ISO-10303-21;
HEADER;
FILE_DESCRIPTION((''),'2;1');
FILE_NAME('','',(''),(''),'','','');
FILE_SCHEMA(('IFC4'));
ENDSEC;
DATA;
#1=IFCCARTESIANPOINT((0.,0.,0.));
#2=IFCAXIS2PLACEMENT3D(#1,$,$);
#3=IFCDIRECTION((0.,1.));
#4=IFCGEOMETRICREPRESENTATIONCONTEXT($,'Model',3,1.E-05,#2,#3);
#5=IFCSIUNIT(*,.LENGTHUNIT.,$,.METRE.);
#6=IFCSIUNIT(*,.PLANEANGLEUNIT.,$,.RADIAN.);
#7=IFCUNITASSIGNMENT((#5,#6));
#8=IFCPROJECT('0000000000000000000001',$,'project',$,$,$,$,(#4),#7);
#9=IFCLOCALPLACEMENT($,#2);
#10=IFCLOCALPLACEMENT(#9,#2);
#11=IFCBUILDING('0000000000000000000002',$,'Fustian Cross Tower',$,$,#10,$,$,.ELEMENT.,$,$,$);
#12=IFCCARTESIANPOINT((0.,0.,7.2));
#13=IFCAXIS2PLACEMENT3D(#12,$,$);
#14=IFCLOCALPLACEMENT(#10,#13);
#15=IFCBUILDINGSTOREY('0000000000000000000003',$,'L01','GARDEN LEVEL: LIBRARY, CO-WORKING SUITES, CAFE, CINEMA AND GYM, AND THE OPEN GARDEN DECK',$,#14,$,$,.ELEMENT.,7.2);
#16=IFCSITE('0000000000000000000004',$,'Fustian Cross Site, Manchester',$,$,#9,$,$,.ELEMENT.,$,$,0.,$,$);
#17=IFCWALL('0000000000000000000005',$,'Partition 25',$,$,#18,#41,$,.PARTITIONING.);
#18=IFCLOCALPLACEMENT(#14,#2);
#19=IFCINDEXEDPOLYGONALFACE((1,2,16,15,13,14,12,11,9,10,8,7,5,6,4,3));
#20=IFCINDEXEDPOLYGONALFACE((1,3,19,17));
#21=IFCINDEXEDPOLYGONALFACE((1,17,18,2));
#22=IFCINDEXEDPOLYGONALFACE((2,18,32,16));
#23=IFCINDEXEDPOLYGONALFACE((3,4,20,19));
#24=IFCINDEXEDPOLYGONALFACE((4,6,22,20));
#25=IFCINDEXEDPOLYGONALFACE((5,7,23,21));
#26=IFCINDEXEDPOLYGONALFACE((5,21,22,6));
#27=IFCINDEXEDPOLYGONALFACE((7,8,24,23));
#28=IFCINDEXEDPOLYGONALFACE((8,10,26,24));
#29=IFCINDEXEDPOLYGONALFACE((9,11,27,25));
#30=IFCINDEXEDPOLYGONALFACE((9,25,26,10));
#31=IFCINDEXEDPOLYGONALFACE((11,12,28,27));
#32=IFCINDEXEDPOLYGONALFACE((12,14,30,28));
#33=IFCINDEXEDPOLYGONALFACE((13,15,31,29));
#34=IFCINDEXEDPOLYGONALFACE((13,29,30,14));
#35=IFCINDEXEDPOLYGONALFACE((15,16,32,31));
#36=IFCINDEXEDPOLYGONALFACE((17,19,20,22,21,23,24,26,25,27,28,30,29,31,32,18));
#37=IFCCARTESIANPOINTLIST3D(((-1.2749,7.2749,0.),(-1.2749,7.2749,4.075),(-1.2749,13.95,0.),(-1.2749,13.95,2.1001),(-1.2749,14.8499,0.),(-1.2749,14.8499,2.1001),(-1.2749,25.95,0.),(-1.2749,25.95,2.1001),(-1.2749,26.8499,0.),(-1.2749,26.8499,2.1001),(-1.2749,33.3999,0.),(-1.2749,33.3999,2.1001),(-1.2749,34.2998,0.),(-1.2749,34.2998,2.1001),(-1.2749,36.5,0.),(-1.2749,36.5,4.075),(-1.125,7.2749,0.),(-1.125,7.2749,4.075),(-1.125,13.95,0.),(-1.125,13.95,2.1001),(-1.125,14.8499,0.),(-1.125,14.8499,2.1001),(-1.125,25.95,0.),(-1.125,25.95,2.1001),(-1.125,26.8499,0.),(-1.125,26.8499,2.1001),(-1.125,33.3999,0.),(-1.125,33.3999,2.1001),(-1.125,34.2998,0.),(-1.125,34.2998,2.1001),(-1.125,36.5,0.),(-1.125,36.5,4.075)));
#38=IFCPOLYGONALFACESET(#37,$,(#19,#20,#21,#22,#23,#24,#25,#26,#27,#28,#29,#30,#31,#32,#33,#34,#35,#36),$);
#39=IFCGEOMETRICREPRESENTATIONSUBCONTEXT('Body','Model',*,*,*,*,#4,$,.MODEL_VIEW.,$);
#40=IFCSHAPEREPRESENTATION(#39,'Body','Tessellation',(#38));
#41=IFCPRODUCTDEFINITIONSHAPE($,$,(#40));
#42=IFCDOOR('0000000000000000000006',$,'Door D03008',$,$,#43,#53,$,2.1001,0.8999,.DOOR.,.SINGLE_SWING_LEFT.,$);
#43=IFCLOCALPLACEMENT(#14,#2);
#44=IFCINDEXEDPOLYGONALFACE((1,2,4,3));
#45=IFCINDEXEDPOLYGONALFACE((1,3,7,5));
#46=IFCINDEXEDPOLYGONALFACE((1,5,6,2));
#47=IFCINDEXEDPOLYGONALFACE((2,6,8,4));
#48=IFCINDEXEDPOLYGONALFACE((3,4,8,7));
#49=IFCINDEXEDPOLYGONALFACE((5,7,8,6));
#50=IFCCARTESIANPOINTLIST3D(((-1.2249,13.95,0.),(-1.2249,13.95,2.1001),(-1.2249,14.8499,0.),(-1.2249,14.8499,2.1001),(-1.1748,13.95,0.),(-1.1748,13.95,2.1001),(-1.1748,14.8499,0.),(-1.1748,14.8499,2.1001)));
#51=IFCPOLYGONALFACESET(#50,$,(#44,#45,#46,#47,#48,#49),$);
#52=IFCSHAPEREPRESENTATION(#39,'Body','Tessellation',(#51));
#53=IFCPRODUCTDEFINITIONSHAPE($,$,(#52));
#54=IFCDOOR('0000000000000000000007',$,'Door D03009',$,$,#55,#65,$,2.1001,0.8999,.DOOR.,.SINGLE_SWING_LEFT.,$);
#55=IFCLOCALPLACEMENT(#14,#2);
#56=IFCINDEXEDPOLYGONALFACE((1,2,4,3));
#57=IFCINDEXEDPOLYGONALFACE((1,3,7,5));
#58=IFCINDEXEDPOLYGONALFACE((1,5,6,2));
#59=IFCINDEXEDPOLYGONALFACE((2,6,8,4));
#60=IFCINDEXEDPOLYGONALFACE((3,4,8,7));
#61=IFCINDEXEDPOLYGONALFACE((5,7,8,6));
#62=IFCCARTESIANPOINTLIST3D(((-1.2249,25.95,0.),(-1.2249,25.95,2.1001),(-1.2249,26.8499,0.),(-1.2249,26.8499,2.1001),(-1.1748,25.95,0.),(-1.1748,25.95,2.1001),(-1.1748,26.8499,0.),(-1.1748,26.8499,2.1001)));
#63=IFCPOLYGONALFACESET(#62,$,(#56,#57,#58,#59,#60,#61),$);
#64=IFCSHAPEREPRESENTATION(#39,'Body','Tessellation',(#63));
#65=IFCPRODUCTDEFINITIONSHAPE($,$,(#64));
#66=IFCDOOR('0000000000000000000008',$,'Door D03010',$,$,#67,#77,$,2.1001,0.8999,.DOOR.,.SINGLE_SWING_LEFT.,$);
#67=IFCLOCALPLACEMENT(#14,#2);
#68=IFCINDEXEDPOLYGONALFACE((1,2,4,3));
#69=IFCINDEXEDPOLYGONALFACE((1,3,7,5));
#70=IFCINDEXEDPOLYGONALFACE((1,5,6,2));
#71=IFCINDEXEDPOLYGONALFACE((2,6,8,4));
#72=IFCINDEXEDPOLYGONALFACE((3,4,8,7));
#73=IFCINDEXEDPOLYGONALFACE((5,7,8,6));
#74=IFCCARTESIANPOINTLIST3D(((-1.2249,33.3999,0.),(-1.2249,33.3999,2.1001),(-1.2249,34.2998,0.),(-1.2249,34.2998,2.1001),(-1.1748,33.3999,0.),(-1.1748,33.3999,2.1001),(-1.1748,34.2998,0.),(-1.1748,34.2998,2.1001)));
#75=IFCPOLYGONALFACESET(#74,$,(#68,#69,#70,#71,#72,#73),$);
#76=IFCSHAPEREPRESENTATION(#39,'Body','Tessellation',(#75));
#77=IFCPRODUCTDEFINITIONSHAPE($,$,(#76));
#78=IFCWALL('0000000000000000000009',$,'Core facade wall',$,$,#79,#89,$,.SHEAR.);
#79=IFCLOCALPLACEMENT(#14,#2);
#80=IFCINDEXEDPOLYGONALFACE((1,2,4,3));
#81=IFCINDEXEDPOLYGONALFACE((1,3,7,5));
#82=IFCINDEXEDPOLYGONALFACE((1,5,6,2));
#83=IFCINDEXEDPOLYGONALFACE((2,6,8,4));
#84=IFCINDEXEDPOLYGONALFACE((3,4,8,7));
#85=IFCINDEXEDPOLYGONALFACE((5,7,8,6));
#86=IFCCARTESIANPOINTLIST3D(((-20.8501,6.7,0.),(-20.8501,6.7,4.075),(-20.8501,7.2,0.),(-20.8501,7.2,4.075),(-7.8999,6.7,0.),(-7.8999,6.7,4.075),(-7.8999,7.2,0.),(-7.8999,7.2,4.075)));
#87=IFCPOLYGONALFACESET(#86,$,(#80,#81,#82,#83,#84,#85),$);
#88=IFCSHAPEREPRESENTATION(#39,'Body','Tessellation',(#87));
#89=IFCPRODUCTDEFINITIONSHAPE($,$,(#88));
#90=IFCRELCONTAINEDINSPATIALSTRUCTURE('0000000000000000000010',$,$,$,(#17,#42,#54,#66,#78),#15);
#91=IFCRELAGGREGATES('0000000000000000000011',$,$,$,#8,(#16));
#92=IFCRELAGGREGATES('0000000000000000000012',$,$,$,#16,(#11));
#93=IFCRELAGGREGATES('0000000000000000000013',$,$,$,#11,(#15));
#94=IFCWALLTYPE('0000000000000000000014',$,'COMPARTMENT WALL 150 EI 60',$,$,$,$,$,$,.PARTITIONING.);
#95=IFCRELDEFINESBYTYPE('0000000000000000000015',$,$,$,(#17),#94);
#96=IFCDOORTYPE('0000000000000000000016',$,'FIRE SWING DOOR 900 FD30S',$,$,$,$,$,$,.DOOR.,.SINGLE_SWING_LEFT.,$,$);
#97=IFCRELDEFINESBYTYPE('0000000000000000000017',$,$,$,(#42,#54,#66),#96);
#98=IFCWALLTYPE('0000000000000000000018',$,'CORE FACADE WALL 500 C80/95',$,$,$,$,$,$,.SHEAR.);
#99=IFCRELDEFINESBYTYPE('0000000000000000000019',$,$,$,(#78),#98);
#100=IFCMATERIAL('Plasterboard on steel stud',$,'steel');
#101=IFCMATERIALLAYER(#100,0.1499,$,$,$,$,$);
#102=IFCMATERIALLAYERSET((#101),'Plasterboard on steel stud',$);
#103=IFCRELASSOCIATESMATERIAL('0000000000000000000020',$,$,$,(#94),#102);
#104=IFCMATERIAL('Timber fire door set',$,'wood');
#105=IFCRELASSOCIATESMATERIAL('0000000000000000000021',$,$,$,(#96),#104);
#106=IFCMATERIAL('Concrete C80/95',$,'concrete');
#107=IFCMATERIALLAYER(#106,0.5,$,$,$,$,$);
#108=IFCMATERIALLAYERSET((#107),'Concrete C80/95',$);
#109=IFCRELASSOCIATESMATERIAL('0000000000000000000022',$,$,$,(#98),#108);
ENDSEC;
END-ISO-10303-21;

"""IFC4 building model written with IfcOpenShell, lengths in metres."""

from ifc_helpers import new_model, si_unit, direction, frame, frame_2d, origin, place, context, subcontext, project, spatial, rectangle, extrude, material, layer, layer_set, type_object, element, fill, save


model = new_model("IFC4")

# Units and contexts
model_context = context("Model", 3, precision=1e-05, world=origin(), true_north=direction((0.0, 1.0)))
body_context = subcontext(model_context, "Body", "Model", "MODEL_VIEW")
ifc_project = project(units=[si_unit("LENGTHUNIT", "METRE"), si_unit("PLANEANGLEUNIT", "RADIAN")], contexts=[model_context])

# Site, building, storey
site_placement = place(None, origin())
site = spatial("IfcSite", under=ifc_project, at=site_placement, Name="Fustian Cross Site, Manchester", CompositionType="ELEMENT", RefElevation=0.0)
building_placement = place(site_placement, origin())
building = spatial("IfcBuilding", under=site, at=building_placement, Name="Fustian Cross Tower", CompositionType="ELEMENT")
storey_placement = place(building_placement, frame((0.0, 0.0, 7.2)))
storey = spatial("IfcBuildingStorey", under=building, at=storey_placement, Name="L01", Description="GARDEN LEVEL: LIBRARY, CO-WORKING SUITES, CAFE, CINEMA AND GYM, AND THE OPEN GARDEN DECK", CompositionType="ELEMENT", Elevation=7.2)

# Shared definitions
ifc_material_1 = material(Name="Plasterboard on steel stud", Category="steel")
ifc_layer_1 = layer(ifc_material_1, 0.1499)
ifc_layer_set_1 = layer_set([ifc_layer_1], Name="Plasterboard on steel stud")
wall_type_1 = type_object("IfcWallType", Name="COMPARTMENT WALL 150 EI 60", PredefinedType="PARTITIONING", material=ifc_layer_set_1)
ifc_material_2 = material(Name="Timber fire door set", Category="wood")
door_type_1 = type_object("IfcDoorType", Name="FIRE SWING DOOR 900 FD30S", OperationType="SINGLE_SWING_LEFT", PredefinedType="DOOR", material=ifc_material_2)

# Wall, openings, doors
wall_1_placement = place(storey_placement, frame((-1.2, 7.2749, 0.0), z_axis=(0.0, 0.0, 1.0), x_axis=(0.0, 1.0, 0.0)))
wall_1 = element("IfcWall", 1, at=wall_1_placement, inside=storey, type_object=wall_type_1, Name="Partition 25", PredefinedType="PARTITIONING", context=body_context, shape_type="SweptSolid", body=[
    extrude(rectangle(XDim=29.2251, YDim=0.1499, at=frame_2d((14.6125, 0.0))), origin(), (0.0, 0.0, 1.0), 4.075),
])
opening_1_placement = place(wall_1_placement, frame((6.675, 0.0, 0.0)))
opening_1 = element("IfcOpeningElement", 2, at=opening_1_placement, cuts=wall_1, PredefinedType="OPENING", context=body_context, shape_type="SweptSolid", body=[
    extrude(rectangle(XDim=0.8999, YDim=2.1001, at=frame_2d((0.45, 1.05))), frame((0.0, 0.085, 0.0), z_axis=(0.0, -1.0, 0.0), x_axis=(1.0, 0.0, 0.0)), (0.0, 0.0, 1.0), 0.1699),
])
opening_2_placement = place(wall_1_placement, frame((18.675, 0.0, 0.0)))
opening_2 = element("IfcOpeningElement", 3, at=opening_2_placement, cuts=wall_1, PredefinedType="OPENING", context=body_context, shape_type="SweptSolid", body=[
    extrude(rectangle(XDim=0.8999, YDim=2.1001, at=frame_2d((0.45, 1.05))), frame((0.0, 0.085, 0.0), z_axis=(0.0, -1.0, 0.0), x_axis=(1.0, 0.0, 0.0)), (0.0, 0.0, 1.0), 0.1699),
])
opening_3_placement = place(wall_1_placement, frame((26.125, 0.0, 0.0)))
opening_3 = element("IfcOpeningElement", 4, at=opening_3_placement, cuts=wall_1, PredefinedType="OPENING", context=body_context, shape_type="SweptSolid", body=[
    extrude(rectangle(XDim=0.8999, YDim=2.1001, at=frame_2d((0.45, 1.05))), frame((0.0, 0.085, 0.0), z_axis=(0.0, -1.0, 0.0), x_axis=(1.0, 0.0, 0.0)), (0.0, 0.0, 1.0), 0.1699),
])
door_1_placement = place(opening_1_placement, origin())
door_1 = element("IfcDoor", 5, at=door_1_placement, inside=storey, type_object=door_type_1, Name="Door D03008", OperationType="SINGLE_SWING_LEFT", OverallHeight=2.1001, OverallWidth=0.8999, PredefinedType="DOOR", context=body_context, shape_type="SweptSolid", body=[
    extrude(rectangle(XDim=0.8999, YDim=2.1001, at=frame_2d((0.45, 1.05))), frame((0.0, 0.0249, 0.0), z_axis=(0.0, -1.0, 0.0), x_axis=(1.0, 0.0, 0.0)), (0.0, 0.0, 1.0), 0.05),
])
fill(opening_1, door_1)
door_2_placement = place(opening_2_placement, origin())
door_2 = element("IfcDoor", 6, at=door_2_placement, inside=storey, type_object=door_type_1, Name="Door D03009", OperationType="SINGLE_SWING_LEFT", OverallHeight=2.1001, OverallWidth=0.8999, PredefinedType="DOOR", context=body_context, shape_type="SweptSolid", body=[
    extrude(rectangle(XDim=0.8999, YDim=2.1001, at=frame_2d((0.45, 1.05))), frame((0.0, 0.0249, 0.0), z_axis=(0.0, -1.0, 0.0), x_axis=(1.0, 0.0, 0.0)), (0.0, 0.0, 1.0), 0.05),
])
fill(opening_2, door_2)
door_3_placement = place(opening_3_placement, origin())
door_3 = element("IfcDoor", 7, at=door_3_placement, inside=storey, type_object=door_type_1, Name="Door D03010", OperationType="SINGLE_SWING_LEFT", OverallHeight=2.1001, OverallWidth=0.8999, PredefinedType="DOOR", context=body_context, shape_type="SweptSolid", body=[
    extrude(rectangle(XDim=0.8999, YDim=2.1001, at=frame_2d((0.45, 1.05))), frame((0.0, 0.0249, 0.0), z_axis=(0.0, -1.0, 0.0), x_axis=(1.0, 0.0, 0.0)), (0.0, 0.0, 1.0), 0.05),
])
fill(opening_3, door_3)

# Wall
ifc_material_3 = material(Name="Concrete C80/95", Category="concrete")
ifc_layer_2 = layer(ifc_material_3, 0.5)
ifc_layer_set_2 = layer_set([ifc_layer_2], Name="Concrete C80/95")
wall_type_2 = type_object("IfcWallType", Name="CORE FACADE WALL 500 C80/95", PredefinedType="SHEAR", material=ifc_layer_set_2)
wall_2_placement = place(storey_placement, frame((-7.8999, 6.95, 0.0), z_axis=(0.0, 0.0, 1.0), x_axis=(-1.0, 0.0, 0.0)))
element("IfcWall", 8, at=wall_2_placement, inside=storey, type_object=wall_type_2, Name="Core facade wall", PredefinedType="SHEAR", context=body_context, shape_type="SweptSolid", body=[
    extrude(rectangle(XDim=12.9502, YDim=0.5, at=frame_2d((6.4751, 0.0))), origin(), (0.0, 0.0, 1.0), 4.075),
])

save(model, "model.ifc")
